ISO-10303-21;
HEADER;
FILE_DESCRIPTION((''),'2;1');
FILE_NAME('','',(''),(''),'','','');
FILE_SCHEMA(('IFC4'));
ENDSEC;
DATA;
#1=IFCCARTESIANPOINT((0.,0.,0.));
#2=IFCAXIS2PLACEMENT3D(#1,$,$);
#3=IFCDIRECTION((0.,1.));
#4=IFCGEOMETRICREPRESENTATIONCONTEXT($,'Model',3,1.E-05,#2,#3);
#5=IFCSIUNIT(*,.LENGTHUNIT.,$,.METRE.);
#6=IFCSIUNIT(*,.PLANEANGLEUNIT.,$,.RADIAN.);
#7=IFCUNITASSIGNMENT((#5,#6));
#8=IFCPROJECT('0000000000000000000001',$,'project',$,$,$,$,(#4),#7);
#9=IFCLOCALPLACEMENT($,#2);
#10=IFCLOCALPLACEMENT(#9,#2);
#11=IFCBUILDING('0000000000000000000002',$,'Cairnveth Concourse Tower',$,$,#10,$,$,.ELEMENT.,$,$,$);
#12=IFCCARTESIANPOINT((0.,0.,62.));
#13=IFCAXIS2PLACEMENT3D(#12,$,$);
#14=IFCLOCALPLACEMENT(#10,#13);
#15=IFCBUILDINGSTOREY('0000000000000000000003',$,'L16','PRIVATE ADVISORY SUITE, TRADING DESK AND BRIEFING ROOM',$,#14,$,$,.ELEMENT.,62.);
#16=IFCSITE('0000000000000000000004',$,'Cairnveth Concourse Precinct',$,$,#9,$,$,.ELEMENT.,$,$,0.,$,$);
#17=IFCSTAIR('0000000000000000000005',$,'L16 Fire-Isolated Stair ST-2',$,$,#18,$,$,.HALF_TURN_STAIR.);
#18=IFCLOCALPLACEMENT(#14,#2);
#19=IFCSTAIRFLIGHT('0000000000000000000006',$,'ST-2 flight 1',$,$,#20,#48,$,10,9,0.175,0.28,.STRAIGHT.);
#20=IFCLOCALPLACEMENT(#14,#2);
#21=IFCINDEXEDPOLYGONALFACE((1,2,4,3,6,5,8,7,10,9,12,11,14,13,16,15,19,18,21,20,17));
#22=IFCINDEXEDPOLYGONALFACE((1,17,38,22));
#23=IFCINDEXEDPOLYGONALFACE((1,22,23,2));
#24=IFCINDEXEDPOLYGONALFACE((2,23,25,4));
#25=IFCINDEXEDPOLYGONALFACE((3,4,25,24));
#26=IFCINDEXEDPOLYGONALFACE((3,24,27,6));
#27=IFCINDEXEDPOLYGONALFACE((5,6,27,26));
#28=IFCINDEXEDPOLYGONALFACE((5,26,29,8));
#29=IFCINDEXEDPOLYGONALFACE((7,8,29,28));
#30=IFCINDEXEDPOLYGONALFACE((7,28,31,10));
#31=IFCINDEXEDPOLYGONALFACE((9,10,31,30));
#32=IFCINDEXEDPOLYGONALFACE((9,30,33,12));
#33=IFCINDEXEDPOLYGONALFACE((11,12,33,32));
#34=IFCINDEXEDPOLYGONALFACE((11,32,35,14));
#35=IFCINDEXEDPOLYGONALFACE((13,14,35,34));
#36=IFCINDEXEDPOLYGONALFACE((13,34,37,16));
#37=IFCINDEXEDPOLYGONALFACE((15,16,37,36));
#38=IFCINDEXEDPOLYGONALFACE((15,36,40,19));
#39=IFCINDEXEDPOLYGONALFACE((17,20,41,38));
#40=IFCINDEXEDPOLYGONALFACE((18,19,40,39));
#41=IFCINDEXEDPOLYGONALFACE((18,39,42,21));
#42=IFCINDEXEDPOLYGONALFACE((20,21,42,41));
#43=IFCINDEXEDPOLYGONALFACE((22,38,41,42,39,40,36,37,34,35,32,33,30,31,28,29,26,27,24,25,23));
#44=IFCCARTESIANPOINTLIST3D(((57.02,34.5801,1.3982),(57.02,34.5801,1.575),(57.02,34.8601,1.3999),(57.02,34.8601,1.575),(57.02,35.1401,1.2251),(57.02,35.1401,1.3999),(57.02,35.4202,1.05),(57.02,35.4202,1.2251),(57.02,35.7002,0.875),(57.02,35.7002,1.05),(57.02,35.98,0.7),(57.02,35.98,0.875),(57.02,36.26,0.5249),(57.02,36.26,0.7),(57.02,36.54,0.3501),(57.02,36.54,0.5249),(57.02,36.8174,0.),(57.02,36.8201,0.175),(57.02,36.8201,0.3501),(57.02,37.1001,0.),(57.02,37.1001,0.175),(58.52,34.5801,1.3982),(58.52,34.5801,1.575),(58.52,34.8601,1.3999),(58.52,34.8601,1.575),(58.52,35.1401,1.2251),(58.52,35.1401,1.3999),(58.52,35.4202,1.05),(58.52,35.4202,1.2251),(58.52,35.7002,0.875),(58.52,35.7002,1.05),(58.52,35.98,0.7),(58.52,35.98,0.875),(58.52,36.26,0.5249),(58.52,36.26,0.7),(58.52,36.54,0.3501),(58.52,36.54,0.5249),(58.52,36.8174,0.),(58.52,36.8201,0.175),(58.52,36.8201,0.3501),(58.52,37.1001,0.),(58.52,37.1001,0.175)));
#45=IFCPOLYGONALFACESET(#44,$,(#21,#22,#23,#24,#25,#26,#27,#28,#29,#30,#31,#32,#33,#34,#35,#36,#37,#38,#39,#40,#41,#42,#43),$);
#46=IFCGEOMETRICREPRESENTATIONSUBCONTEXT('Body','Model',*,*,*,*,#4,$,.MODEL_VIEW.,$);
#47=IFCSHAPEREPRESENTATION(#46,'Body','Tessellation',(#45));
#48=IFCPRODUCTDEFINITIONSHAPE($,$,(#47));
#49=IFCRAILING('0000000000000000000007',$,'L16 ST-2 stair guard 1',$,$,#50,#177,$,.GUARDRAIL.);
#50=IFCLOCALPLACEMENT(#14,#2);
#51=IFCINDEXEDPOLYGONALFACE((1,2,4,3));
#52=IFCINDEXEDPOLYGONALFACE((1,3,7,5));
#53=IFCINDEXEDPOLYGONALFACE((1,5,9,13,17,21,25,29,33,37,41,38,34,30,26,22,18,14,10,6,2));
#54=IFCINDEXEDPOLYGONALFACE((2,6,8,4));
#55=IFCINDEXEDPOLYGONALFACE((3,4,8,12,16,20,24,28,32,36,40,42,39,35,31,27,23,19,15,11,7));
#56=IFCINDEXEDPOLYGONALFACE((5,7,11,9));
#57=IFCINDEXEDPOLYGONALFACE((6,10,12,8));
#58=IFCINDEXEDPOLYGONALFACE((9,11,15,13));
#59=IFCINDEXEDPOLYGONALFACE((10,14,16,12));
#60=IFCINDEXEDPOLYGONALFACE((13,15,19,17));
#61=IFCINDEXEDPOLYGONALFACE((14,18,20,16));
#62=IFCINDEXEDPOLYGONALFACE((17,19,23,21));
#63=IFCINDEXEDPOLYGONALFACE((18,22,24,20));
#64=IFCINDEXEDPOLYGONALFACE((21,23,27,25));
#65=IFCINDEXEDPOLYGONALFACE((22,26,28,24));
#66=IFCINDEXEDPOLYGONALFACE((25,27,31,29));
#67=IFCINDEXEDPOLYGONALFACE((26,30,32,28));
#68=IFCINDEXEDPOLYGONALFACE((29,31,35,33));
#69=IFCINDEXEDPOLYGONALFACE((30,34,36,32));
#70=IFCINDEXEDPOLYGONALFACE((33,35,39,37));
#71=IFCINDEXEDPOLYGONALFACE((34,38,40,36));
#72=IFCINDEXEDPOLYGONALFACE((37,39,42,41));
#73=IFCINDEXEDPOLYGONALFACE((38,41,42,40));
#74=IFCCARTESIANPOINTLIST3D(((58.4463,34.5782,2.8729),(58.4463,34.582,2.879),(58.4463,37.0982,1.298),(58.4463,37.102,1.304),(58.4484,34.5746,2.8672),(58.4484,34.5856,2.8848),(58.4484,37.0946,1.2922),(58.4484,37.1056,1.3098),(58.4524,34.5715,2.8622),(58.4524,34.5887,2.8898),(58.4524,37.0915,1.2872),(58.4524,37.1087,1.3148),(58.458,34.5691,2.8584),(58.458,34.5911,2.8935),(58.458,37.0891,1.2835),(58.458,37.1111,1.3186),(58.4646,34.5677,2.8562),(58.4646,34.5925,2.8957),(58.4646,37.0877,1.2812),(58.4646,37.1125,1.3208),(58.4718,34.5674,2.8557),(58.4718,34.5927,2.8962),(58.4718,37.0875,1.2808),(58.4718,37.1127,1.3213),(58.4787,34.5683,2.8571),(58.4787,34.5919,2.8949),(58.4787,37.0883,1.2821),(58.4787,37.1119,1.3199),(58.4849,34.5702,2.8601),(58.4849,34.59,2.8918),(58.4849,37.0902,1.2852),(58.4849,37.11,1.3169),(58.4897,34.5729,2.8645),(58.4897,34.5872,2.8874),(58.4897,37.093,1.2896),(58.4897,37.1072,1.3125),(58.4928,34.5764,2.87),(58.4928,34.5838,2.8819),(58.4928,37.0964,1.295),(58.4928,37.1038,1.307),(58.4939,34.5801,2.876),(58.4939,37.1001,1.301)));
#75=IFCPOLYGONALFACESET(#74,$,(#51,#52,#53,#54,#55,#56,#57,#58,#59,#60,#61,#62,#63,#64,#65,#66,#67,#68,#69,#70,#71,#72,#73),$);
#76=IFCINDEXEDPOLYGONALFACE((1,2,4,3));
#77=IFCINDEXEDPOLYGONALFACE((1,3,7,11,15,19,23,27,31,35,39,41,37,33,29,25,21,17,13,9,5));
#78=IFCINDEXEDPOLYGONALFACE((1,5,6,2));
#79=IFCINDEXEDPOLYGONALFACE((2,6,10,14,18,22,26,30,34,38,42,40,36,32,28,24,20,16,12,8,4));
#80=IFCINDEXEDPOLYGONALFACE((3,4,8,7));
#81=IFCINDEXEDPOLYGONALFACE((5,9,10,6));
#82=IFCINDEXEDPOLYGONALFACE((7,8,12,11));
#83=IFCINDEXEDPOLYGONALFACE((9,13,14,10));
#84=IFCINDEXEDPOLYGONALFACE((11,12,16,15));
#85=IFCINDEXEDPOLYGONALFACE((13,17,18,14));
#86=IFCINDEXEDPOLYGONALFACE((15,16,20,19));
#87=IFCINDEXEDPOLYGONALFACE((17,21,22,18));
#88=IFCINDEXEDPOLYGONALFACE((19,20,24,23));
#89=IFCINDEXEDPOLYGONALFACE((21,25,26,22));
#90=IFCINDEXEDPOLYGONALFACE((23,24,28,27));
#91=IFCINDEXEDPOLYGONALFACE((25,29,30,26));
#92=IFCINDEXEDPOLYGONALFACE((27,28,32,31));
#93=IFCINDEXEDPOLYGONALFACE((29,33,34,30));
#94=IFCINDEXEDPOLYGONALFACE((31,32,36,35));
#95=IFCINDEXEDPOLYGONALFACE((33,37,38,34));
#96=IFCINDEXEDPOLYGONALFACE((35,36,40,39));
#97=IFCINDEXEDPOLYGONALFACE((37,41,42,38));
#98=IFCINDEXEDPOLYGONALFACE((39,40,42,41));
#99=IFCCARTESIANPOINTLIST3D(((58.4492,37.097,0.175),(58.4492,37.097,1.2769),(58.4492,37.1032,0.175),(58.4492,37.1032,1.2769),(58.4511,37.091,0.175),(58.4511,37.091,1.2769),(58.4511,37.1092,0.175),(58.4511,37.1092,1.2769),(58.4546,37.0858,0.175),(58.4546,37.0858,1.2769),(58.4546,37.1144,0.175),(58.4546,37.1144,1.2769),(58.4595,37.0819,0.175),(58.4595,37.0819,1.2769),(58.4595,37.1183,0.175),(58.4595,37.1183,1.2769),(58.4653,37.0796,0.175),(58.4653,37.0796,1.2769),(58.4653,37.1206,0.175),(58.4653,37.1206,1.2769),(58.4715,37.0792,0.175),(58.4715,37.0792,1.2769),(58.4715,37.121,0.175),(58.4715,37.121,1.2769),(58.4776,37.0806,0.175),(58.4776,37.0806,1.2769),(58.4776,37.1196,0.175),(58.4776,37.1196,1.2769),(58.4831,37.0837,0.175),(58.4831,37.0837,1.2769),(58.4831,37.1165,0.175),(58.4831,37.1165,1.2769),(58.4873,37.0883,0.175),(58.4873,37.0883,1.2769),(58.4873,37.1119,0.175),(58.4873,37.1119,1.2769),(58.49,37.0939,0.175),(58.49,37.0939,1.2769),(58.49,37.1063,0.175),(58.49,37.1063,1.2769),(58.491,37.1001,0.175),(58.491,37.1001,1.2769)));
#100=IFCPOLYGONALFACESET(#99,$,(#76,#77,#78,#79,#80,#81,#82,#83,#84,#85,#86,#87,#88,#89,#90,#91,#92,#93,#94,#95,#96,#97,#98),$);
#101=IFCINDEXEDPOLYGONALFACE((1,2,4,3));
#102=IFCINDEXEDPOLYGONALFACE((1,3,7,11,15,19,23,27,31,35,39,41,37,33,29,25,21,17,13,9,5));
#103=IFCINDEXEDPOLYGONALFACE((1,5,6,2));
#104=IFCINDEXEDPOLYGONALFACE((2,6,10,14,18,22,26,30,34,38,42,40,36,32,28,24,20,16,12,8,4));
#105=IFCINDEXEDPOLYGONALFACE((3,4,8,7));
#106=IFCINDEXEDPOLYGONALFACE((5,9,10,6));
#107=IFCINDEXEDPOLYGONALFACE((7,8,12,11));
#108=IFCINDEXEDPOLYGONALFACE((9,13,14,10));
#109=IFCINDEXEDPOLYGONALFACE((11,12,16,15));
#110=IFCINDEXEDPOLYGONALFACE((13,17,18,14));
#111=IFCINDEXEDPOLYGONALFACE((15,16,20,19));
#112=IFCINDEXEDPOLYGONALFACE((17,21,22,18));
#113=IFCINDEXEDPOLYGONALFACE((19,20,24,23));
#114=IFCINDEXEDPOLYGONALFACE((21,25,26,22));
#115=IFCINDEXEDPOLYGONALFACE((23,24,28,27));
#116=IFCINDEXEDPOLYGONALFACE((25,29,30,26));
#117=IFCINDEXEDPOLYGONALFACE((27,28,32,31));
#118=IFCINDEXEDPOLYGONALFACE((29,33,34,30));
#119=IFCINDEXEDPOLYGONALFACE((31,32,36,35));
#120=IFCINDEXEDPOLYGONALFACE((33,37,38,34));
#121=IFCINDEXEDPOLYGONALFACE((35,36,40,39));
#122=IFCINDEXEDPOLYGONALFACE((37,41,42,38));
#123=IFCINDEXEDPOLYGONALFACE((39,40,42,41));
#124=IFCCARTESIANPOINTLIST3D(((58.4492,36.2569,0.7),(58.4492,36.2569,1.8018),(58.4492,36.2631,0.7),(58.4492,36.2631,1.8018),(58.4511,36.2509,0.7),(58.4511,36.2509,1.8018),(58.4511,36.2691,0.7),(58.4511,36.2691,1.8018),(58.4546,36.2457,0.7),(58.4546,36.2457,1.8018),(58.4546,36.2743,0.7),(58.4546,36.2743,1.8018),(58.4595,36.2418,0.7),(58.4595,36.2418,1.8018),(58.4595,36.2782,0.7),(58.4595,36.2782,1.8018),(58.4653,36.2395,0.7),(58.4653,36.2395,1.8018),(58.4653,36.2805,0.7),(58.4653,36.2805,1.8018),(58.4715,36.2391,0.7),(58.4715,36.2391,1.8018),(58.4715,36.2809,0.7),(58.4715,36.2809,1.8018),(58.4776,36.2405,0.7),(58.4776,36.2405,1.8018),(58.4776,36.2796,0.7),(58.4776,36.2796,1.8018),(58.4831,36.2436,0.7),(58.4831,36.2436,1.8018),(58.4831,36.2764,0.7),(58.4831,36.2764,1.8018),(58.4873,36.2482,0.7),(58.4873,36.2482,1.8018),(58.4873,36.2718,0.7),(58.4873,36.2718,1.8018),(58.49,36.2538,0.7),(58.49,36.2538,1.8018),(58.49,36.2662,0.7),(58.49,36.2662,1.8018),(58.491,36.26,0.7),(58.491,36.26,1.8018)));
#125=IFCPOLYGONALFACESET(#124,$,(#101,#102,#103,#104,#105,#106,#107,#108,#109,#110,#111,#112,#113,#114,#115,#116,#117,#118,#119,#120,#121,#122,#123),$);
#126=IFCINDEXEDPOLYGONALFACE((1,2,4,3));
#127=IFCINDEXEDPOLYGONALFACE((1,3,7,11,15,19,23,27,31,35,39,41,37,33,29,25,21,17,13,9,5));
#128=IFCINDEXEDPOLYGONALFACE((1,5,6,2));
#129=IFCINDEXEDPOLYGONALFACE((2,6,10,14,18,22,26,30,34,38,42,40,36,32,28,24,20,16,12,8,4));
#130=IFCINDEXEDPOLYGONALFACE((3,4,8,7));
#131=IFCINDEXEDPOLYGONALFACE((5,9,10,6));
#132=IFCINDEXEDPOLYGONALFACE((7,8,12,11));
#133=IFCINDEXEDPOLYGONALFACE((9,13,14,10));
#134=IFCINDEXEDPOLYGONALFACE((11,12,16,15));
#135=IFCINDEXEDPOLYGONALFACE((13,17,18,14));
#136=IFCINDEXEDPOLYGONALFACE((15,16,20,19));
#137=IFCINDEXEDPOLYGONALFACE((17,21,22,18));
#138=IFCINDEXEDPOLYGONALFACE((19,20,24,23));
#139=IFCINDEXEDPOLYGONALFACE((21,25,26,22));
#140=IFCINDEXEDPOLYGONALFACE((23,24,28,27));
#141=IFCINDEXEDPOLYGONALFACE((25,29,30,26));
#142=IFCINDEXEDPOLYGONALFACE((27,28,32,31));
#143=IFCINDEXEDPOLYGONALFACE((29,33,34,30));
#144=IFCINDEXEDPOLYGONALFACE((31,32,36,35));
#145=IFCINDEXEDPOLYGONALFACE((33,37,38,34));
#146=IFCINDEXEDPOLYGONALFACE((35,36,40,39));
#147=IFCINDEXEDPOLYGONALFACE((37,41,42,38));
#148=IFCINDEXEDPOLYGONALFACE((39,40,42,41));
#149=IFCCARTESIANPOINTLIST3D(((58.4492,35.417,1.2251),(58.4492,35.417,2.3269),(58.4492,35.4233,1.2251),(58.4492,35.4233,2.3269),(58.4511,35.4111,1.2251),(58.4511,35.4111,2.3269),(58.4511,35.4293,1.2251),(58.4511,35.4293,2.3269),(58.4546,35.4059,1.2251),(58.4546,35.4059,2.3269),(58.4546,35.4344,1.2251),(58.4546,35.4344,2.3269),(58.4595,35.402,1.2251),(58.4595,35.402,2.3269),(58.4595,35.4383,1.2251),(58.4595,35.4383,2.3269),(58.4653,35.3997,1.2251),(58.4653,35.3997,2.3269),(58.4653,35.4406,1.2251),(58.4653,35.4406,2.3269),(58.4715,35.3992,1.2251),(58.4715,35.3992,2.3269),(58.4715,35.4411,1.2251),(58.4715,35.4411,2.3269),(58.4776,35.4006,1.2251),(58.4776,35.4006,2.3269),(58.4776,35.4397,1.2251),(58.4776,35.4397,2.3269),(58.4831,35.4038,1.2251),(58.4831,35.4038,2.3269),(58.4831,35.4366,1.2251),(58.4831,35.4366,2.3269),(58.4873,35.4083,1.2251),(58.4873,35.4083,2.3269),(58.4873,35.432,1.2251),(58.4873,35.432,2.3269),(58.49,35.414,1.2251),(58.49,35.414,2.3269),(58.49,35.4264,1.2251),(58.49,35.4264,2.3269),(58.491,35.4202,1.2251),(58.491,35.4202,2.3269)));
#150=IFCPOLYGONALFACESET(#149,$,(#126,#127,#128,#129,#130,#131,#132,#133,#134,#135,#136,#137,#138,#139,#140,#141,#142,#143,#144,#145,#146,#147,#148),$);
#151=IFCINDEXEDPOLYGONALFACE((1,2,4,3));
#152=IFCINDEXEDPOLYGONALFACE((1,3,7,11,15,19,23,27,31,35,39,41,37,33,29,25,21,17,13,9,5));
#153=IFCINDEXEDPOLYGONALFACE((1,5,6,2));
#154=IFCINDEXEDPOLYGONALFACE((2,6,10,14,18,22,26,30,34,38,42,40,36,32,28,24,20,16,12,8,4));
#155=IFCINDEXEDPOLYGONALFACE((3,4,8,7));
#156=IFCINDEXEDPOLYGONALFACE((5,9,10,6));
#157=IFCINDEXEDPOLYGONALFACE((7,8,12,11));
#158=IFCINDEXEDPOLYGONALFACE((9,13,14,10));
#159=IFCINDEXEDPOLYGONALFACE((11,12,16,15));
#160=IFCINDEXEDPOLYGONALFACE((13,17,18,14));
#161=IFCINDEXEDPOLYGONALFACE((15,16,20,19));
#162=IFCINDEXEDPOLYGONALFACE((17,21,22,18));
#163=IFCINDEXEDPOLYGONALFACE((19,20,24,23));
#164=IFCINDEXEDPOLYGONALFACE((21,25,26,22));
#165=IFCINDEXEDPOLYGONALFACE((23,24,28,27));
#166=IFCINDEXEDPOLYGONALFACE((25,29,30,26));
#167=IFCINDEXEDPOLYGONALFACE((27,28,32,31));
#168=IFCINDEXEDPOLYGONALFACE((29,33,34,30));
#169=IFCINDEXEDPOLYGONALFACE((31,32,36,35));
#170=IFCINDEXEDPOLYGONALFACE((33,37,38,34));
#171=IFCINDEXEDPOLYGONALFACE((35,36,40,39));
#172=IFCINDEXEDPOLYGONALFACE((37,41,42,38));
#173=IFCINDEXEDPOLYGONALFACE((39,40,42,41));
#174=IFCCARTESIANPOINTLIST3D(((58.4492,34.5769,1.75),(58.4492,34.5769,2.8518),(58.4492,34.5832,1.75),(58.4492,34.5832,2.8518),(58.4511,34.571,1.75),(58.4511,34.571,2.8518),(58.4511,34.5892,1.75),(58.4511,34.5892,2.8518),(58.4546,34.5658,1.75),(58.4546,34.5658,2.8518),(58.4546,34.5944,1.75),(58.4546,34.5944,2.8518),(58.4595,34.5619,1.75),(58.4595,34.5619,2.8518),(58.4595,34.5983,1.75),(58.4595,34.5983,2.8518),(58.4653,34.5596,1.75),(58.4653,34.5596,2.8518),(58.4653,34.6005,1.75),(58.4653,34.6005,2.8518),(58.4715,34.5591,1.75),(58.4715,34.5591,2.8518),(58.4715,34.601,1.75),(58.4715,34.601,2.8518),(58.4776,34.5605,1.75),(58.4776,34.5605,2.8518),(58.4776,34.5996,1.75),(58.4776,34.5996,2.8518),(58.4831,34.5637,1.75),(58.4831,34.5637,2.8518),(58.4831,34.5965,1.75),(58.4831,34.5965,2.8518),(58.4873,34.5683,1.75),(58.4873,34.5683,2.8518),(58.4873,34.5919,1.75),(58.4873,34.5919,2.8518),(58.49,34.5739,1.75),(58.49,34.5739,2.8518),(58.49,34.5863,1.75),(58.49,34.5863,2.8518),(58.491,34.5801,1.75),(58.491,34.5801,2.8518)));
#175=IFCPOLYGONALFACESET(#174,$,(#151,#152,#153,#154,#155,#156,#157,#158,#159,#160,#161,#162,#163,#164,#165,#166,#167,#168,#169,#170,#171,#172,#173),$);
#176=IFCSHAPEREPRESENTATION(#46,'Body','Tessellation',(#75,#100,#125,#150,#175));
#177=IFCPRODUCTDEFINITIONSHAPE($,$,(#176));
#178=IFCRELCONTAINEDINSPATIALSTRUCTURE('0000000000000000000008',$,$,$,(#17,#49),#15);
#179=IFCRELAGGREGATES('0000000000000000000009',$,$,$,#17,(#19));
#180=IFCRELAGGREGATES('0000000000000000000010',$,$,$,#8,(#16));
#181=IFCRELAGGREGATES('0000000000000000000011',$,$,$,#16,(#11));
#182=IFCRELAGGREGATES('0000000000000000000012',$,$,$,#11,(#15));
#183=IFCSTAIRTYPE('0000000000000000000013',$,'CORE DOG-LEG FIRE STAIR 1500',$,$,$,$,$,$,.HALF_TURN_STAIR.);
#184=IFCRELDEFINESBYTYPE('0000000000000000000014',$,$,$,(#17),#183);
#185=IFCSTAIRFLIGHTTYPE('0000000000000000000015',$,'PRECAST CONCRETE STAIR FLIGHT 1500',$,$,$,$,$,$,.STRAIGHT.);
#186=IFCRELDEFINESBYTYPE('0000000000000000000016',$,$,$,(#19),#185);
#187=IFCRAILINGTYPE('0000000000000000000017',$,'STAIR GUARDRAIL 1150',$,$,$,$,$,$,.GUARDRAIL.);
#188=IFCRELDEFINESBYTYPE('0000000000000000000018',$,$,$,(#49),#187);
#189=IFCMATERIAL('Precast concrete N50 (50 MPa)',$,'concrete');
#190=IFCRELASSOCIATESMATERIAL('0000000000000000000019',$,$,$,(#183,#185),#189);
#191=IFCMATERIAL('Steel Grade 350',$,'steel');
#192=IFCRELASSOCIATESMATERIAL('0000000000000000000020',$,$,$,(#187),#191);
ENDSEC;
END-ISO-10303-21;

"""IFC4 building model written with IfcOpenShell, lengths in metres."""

from ifc_helpers import new_model, si_unit, direction, frame, origin, origin_2d, place, context, subcontext, project, spatial, polyline, circle, outline, extrude, material, type_object, element, aggregate, save


model = new_model("IFC4")

# Units and contexts
model_context = context("Model", 3, precision=1e-05, world=origin(), true_north=direction((0.0, 1.0)))
body_context = subcontext(model_context, "Body", "Model", "MODEL_VIEW")
ifc_project = project(units=[si_unit("LENGTHUNIT", "METRE"), si_unit("PLANEANGLEUNIT", "RADIAN")], contexts=[model_context])

# Site, building, storey
site_placement = place(None, origin())
site = spatial("IfcSite", under=ifc_project, at=site_placement, Name="Cairnveth Concourse Precinct", CompositionType="ELEMENT", RefElevation=0.0)
building_placement = place(site_placement, origin())
building = spatial("IfcBuilding", under=site, at=building_placement, Name="Cairnveth Concourse Tower", CompositionType="ELEMENT")
storey_placement = place(building_placement, frame((0.0, 0.0, 62.0)))
storey = spatial("IfcBuildingStorey", under=building, at=storey_placement, Name="L16", Description="PRIVATE ADVISORY SUITE, TRADING DESK AND BRIEFING ROOM", CompositionType="ELEMENT", Elevation=62.0)

# Shared definitions
ifc_material_1 = material(Name="Steel Grade 350", Category="steel")

# Stair, stair flight
ifc_material_2 = material(Name="Precast concrete N50 (50 MPa)", Category="concrete")
stair_type = type_object("IfcStairType", Name="CORE DOG-LEG FIRE STAIR 1500", PredefinedType="HALF_TURN_STAIR", material=ifc_material_2)
stair_placement = place(storey_placement, origin())
stair = element("IfcStair", 1, at=stair_placement, inside=storey, type_object=stair_type, Name="L16 Fire-Isolated Stair ST-2", PredefinedType="HALF_TURN_STAIR")
stair_flight_type = type_object("IfcStairFlightType", Name="PRECAST CONCRETE STAIR FLIGHT 1500", PredefinedType="STRAIGHT", material=ifc_material_2)
stair_flight_placement = place(storey_placement, frame((57.77, 37.1001, 0.0), z_axis=(0.0, 0.0, 1.0), x_axis=(0.0, -1.0, 0.0)))
stair_flight = element("IfcStairFlight", 2, at=stair_flight_placement, type_object=stair_flight_type, Name="ST-2 flight 1", NumberOfRisers=10, NumberOfTreads=9, PredefinedType="STRAIGHT", RiserHeight=0.175, TreadLength=0.28, context=body_context, shape_type="SweptSolid", body=[
    extrude(outline(polyline([(0.0, 0.0), (0.0, 0.175), (0.28, 0.175), (0.28, 0.3501), (0.5601, 0.3501), (0.5601, 0.5249), (0.8401, 0.5249), (0.8401, 0.7), (1.1201, 0.7), (1.1201, 0.875), (1.3999, 0.875), (1.3999, 1.05), (1.6799, 1.05), (1.6799, 1.2251), (1.96, 1.2251), (1.96, 1.3999), (2.24, 1.3999), (2.24, 1.575), (2.52, 1.575), (2.52, 1.75), (2.52, 1.3982), (0.2827, 0.0), (0.0, 0.0)])), frame((0.0, 0.75, 0.0), z_axis=(0.0, -1.0, 0.0), x_axis=(1.0, 0.0, 0.0)), (0.0, 0.0, 1.0), 1.5),
])
aggregate(stair, [stair_flight])

# Railing
railing_type_1 = type_object("IfcRailingType", Name="STAIR GUARDRAIL 1150", PredefinedType="GUARDRAIL", material=ifc_material_1)
railing_1_placement = place(storey_placement, frame((58.47, 37.1001, 0.175)))
element("IfcRailing", 3, at=railing_1_placement, inside=storey, type_object=railing_type_1, Name="L16 ST-2 stair guard 1", PredefinedType="GUARDRAIL", context=body_context, shape_type="SweptSolid", body=[
    extrude(circle(Radius=0.0239, at=origin_2d()), frame((0.0, 0.0, 1.126), z_axis=(0.0, -0.848008, 0.529984), x_axis=(1.0, 0.0, 0.0)), (0.0, 0.0, 1.0), 2.9717),
    extrude(circle(Radius=0.021, at=origin_2d()), origin(), (0.0, 0.0, 1.0), 1.1018),
    extrude(circle(Radius=0.021, at=origin_2d()), frame((0.0, -0.8401, 0.5249)), (0.0, 0.0, 1.0), 1.1018),
    extrude(circle(Radius=0.021, at=origin_2d()), frame((0.0, -1.6799, 1.05)), (0.0, 0.0, 1.0), 1.1018),
    extrude(circle(Radius=0.021, at=origin_2d()), frame((0.0, -2.52, 1.575)), (0.0, 0.0, 1.0), 1.1018),
])

save(model, "model.ifc")
